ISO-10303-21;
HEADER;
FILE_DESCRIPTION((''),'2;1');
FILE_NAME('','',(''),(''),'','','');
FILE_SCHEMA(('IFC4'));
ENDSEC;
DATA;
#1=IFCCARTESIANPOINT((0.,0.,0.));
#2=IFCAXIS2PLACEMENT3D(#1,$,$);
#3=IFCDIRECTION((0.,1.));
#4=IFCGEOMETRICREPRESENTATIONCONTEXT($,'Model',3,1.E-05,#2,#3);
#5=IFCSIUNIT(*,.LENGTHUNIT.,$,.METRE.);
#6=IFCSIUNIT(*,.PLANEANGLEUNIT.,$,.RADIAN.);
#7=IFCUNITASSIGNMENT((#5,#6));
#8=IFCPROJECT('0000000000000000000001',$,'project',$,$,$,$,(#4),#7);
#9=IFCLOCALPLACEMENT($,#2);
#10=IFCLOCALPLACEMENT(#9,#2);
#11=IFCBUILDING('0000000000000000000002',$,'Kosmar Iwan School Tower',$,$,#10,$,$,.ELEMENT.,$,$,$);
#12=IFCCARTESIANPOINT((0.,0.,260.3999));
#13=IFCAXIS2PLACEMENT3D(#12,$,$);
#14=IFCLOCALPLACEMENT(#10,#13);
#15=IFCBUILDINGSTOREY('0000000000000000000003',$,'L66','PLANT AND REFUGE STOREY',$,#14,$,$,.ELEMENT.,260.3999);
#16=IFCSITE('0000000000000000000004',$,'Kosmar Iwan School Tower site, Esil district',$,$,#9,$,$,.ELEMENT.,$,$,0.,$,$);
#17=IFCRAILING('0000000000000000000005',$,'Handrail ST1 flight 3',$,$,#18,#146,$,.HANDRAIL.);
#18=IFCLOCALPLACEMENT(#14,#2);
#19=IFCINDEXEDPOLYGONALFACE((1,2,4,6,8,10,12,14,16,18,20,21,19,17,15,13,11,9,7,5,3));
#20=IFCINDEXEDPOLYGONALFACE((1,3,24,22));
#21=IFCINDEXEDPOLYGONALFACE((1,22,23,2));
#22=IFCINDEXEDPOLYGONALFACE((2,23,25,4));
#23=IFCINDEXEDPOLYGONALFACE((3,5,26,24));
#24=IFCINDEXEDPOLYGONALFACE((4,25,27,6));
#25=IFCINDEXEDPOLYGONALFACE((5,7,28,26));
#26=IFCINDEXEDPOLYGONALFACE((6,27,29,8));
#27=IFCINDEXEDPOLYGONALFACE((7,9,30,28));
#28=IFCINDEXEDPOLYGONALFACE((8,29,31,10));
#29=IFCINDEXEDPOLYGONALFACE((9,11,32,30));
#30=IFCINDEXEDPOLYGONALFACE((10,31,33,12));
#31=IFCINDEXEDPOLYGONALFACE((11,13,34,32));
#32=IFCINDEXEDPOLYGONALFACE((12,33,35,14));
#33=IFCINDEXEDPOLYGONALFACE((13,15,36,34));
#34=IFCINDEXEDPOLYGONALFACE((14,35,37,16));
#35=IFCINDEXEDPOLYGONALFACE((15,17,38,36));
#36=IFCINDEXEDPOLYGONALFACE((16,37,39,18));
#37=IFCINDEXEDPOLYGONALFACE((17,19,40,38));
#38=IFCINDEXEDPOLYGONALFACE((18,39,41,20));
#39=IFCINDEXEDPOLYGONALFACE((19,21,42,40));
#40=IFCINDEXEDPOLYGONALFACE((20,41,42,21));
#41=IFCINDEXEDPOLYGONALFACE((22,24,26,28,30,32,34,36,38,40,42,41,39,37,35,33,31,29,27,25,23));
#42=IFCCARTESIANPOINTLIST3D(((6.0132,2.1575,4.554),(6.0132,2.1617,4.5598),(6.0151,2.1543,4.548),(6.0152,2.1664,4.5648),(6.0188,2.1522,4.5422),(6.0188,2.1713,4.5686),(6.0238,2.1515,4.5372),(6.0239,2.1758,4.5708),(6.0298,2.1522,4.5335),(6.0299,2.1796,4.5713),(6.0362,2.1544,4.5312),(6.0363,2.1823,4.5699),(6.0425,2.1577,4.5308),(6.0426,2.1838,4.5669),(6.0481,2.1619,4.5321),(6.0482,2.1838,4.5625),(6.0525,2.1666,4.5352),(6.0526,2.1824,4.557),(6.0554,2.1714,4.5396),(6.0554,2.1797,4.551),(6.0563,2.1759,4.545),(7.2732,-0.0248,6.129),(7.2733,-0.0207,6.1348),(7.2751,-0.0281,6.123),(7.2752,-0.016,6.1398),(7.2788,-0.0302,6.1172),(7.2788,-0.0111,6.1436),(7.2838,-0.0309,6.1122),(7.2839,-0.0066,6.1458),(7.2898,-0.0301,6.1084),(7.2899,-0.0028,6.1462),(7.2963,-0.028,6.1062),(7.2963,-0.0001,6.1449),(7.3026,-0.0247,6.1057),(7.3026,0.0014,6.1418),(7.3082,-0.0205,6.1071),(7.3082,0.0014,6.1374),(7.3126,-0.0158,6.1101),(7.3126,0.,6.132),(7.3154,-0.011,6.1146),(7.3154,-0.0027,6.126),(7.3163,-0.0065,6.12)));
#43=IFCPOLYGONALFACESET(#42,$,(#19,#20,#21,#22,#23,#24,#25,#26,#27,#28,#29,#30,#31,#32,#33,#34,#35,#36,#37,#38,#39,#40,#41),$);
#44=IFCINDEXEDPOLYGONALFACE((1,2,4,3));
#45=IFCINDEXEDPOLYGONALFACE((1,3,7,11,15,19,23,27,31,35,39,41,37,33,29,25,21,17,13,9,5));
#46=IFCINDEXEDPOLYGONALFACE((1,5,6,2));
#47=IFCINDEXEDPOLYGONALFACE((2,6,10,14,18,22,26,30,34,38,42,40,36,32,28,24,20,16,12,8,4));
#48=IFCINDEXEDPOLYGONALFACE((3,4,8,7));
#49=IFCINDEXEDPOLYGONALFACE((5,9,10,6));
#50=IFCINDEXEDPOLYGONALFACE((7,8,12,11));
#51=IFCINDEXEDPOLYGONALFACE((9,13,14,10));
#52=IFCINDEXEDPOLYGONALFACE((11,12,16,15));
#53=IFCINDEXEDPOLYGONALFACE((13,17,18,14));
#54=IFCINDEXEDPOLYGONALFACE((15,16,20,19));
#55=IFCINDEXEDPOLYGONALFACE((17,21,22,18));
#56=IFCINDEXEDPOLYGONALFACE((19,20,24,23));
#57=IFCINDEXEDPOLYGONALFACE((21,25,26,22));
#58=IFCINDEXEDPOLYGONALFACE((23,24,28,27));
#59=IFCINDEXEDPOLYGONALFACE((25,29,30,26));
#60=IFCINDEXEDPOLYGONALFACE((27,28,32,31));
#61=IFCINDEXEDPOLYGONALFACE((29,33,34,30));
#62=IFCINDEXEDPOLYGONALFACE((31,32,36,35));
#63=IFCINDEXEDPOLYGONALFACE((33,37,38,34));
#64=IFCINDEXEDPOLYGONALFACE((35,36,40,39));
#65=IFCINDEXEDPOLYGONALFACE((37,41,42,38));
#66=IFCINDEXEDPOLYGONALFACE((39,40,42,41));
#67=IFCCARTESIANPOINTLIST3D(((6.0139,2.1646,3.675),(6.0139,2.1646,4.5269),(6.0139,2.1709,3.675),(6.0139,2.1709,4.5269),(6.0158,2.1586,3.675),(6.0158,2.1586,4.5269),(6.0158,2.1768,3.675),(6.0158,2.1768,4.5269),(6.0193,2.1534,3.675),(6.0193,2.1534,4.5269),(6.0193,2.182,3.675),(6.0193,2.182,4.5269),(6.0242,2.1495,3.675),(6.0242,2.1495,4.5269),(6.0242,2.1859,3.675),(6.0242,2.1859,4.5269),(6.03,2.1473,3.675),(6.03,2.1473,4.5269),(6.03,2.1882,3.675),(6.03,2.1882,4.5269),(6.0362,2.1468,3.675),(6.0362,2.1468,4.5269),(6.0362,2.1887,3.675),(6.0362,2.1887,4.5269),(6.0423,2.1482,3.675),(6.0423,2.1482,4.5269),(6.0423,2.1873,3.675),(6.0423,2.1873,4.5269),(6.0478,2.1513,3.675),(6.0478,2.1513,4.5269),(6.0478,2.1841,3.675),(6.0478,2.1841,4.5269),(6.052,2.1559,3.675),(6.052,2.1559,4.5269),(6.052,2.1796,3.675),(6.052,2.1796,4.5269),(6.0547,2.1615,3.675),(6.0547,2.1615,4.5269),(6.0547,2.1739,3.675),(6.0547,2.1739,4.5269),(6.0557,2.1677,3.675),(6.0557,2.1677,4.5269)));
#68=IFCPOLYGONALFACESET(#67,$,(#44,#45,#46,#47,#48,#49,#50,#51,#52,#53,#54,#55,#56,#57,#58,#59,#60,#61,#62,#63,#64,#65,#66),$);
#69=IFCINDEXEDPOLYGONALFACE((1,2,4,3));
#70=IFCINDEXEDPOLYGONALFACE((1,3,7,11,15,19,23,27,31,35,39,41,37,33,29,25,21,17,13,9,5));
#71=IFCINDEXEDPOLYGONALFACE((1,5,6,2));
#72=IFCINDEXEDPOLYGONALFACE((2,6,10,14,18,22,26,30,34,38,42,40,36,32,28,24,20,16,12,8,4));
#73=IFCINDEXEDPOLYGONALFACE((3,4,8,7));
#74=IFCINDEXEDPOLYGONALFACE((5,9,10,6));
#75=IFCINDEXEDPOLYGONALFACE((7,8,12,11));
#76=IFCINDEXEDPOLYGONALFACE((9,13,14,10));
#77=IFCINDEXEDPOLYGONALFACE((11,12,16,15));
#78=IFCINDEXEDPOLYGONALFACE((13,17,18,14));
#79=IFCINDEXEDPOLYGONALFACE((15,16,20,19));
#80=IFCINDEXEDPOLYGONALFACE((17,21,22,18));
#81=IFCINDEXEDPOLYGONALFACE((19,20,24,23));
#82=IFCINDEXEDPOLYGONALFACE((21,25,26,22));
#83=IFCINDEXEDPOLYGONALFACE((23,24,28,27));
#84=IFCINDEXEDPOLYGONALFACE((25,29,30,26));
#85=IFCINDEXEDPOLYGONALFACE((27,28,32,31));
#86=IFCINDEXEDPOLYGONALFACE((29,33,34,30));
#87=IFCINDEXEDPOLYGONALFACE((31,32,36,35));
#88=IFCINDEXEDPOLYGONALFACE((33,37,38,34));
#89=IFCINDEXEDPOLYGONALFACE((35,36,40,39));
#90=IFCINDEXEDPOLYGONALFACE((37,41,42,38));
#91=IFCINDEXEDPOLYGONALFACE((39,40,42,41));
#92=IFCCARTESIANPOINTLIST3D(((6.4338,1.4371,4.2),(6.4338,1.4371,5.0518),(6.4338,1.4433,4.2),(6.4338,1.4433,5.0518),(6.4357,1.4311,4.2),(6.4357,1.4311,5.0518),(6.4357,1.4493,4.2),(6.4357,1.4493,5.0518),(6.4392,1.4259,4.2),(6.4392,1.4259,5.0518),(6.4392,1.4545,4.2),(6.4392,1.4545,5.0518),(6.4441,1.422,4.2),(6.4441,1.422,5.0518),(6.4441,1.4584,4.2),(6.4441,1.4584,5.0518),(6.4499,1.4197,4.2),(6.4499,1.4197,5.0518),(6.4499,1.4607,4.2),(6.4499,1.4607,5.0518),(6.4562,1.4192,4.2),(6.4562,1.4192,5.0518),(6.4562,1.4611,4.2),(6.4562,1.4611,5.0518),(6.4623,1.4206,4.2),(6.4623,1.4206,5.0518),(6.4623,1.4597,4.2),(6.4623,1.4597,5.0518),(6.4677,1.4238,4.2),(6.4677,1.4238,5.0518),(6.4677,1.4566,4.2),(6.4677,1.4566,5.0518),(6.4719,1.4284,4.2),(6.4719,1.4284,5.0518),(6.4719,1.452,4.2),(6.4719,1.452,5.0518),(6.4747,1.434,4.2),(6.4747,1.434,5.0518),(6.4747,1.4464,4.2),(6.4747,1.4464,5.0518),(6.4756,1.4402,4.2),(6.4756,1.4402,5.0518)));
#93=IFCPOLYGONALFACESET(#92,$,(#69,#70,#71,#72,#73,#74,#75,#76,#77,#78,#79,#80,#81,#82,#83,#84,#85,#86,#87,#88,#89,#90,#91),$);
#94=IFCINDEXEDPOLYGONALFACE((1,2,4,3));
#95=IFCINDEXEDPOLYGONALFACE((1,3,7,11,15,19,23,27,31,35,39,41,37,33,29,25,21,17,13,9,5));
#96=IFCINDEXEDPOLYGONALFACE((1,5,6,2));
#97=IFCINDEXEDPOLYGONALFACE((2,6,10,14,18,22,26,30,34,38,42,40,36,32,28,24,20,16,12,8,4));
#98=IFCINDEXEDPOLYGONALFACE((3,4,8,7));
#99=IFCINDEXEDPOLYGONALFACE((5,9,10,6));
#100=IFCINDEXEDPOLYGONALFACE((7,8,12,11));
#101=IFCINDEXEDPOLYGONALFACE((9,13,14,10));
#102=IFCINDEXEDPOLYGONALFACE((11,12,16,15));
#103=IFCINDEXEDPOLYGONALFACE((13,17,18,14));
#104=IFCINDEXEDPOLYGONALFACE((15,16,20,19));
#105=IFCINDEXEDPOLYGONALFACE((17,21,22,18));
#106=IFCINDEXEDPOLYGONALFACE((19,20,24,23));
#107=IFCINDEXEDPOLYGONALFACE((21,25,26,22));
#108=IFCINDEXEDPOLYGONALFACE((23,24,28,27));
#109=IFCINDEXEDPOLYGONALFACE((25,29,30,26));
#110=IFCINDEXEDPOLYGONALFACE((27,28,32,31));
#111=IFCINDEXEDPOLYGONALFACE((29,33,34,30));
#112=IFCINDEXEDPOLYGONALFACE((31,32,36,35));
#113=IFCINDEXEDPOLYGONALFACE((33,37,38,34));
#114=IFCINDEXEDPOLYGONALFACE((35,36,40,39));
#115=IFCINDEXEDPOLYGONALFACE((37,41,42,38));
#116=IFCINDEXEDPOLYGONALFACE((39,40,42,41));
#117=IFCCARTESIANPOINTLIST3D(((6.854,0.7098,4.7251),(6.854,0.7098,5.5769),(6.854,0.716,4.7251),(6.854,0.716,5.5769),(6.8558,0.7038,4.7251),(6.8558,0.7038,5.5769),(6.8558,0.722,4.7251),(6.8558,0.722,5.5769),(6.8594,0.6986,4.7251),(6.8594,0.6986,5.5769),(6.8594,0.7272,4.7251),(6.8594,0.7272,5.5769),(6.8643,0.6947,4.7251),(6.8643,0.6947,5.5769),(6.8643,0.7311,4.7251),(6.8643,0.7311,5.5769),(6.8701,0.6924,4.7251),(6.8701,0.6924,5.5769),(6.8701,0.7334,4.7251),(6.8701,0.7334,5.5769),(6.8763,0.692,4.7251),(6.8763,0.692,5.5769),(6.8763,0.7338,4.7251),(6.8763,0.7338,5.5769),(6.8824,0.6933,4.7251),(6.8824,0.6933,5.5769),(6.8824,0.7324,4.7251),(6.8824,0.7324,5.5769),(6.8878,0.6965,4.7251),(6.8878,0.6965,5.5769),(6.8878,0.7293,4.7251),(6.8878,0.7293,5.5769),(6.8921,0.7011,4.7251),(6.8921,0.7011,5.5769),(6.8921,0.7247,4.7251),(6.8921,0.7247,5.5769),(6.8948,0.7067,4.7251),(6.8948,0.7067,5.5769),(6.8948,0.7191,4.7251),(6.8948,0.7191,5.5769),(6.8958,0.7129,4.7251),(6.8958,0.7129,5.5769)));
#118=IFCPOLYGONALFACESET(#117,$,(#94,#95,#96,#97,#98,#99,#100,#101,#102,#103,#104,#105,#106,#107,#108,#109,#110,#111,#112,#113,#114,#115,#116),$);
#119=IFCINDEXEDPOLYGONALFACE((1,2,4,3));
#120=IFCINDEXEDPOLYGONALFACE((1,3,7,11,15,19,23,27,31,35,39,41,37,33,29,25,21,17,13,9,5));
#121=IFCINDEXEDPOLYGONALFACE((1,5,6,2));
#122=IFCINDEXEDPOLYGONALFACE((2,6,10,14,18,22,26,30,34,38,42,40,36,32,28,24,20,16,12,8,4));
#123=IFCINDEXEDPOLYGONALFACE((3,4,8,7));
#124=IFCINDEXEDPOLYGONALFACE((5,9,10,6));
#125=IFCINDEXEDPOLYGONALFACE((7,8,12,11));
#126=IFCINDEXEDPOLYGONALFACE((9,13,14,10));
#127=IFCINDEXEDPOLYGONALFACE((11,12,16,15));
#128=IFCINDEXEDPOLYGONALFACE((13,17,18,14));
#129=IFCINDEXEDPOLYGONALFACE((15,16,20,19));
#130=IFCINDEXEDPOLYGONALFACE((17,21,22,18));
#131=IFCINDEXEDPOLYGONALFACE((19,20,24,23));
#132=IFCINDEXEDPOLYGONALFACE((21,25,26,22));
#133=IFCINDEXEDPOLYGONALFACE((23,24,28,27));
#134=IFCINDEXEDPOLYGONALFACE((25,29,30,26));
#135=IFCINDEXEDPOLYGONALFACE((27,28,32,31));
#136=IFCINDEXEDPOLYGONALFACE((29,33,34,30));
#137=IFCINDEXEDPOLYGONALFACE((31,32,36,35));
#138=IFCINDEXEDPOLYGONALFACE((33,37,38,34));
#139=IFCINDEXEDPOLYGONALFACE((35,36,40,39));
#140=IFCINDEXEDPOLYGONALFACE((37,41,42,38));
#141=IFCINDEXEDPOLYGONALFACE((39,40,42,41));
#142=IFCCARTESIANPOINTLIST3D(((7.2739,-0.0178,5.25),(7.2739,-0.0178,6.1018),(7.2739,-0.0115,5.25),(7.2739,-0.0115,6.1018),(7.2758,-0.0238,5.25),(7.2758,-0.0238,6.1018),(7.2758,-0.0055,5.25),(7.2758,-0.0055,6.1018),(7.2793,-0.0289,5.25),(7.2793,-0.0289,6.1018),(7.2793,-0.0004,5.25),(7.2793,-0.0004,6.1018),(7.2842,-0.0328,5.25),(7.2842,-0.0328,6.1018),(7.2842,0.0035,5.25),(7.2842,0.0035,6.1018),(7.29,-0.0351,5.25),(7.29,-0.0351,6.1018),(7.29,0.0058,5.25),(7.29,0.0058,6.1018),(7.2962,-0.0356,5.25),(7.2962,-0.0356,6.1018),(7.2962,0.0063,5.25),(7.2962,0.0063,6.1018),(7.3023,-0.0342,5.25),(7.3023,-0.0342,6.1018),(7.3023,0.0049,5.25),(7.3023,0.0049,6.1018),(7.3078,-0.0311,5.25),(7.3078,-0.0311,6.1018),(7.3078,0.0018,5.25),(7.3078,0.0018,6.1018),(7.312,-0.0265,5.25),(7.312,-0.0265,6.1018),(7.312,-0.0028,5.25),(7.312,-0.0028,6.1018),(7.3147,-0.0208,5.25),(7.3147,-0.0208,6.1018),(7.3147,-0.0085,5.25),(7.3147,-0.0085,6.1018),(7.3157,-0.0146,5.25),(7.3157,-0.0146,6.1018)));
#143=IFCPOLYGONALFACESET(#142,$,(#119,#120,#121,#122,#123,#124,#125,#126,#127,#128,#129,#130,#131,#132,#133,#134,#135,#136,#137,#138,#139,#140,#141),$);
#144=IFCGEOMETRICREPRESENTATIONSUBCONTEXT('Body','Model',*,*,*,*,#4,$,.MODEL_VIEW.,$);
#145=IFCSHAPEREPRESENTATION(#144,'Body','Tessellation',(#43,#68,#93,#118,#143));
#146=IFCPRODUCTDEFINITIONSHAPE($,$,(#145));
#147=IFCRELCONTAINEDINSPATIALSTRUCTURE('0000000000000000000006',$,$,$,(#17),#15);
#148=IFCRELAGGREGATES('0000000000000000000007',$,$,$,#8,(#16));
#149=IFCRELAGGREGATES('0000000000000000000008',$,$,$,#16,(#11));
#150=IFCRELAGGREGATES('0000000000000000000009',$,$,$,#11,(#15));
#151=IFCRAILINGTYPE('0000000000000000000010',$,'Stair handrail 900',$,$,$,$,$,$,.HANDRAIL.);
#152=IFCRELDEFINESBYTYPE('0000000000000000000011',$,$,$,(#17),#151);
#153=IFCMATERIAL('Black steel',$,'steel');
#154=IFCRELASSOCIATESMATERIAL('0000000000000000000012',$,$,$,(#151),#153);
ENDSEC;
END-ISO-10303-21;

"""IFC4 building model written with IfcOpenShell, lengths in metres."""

from ifc_helpers import new_model, si_unit, direction, frame, origin, origin_2d, place, context, subcontext, project, spatial, circle, extrude, material, type_object, element, save


model = new_model("IFC4")

# Units and contexts
model_context = context("Model", 3, precision=1e-05, world=origin(), true_north=direction((0.0, 1.0)))
body_context = subcontext(model_context, "Body", "Model", "MODEL_VIEW")
ifc_project = project(units=[si_unit("LENGTHUNIT", "METRE"), si_unit("PLANEANGLEUNIT", "RADIAN")], contexts=[model_context])

# Site, building, storey
site_placement = place(None, origin())
site = spatial("IfcSite", under=ifc_project, at=site_placement, Name="Kosmar Iwan School Tower site, Esil district", CompositionType="ELEMENT", RefElevation=0.0)
building_placement = place(site_placement, origin())
building = spatial("IfcBuilding", under=site, at=building_placement, Name="Kosmar Iwan School Tower", CompositionType="ELEMENT")
storey_placement = place(building_placement, frame((0.0, 0.0, 260.3999)))
storey = spatial("IfcBuildingStorey", under=building, at=storey_placement, Name="L66", Description="PLANT AND REFUGE STOREY", CompositionType="ELEMENT", Elevation=260.3999)

# Railing
ifc_material_1 = material(Name="Black steel", Category="steel")
railing_type = type_object("IfcRailingType", Name="Stair handrail 900", PredefinedType="HANDRAIL", material=ifc_material_1)
railing_1_placement = place(storey_placement, frame((6.0347, 2.1677, 3.675)))
element("IfcRailing", 1, at=railing_1_placement, inside=storey, type_object=railing_type, Name="Handrail ST1 flight 3", PredefinedType="HANDRAIL", context=body_context, shape_type="SweptSolid", body=[
    extrude(circle(Radius=0.0239, at=origin_2d()), frame((0.0, 0.0, 0.876), z_axis=(0.424007, -0.734392, 0.529988), x_axis=(0.866023, 0.500005, 0.0)), (0.0, 0.0, 1.0), 2.9717),
    extrude(circle(Radius=0.021, at=origin_2d()), origin(), (0.0, 0.0, 1.0), 0.8518),
    extrude(circle(Radius=0.021, at=origin_2d()), frame((0.4199, -0.7275, 0.5249)), (0.0, 0.0, 1.0), 0.8518),
    extrude(circle(Radius=0.021, at=origin_2d()), frame((0.8401, -1.4548, 1.05)), (0.0, 0.0, 1.0), 0.8518),
    extrude(circle(Radius=0.021, at=origin_2d()), frame((1.26, -2.1824, 1.575)), (0.0, 0.0, 1.0), 0.8518),
])

save(model, "model.ifc")
